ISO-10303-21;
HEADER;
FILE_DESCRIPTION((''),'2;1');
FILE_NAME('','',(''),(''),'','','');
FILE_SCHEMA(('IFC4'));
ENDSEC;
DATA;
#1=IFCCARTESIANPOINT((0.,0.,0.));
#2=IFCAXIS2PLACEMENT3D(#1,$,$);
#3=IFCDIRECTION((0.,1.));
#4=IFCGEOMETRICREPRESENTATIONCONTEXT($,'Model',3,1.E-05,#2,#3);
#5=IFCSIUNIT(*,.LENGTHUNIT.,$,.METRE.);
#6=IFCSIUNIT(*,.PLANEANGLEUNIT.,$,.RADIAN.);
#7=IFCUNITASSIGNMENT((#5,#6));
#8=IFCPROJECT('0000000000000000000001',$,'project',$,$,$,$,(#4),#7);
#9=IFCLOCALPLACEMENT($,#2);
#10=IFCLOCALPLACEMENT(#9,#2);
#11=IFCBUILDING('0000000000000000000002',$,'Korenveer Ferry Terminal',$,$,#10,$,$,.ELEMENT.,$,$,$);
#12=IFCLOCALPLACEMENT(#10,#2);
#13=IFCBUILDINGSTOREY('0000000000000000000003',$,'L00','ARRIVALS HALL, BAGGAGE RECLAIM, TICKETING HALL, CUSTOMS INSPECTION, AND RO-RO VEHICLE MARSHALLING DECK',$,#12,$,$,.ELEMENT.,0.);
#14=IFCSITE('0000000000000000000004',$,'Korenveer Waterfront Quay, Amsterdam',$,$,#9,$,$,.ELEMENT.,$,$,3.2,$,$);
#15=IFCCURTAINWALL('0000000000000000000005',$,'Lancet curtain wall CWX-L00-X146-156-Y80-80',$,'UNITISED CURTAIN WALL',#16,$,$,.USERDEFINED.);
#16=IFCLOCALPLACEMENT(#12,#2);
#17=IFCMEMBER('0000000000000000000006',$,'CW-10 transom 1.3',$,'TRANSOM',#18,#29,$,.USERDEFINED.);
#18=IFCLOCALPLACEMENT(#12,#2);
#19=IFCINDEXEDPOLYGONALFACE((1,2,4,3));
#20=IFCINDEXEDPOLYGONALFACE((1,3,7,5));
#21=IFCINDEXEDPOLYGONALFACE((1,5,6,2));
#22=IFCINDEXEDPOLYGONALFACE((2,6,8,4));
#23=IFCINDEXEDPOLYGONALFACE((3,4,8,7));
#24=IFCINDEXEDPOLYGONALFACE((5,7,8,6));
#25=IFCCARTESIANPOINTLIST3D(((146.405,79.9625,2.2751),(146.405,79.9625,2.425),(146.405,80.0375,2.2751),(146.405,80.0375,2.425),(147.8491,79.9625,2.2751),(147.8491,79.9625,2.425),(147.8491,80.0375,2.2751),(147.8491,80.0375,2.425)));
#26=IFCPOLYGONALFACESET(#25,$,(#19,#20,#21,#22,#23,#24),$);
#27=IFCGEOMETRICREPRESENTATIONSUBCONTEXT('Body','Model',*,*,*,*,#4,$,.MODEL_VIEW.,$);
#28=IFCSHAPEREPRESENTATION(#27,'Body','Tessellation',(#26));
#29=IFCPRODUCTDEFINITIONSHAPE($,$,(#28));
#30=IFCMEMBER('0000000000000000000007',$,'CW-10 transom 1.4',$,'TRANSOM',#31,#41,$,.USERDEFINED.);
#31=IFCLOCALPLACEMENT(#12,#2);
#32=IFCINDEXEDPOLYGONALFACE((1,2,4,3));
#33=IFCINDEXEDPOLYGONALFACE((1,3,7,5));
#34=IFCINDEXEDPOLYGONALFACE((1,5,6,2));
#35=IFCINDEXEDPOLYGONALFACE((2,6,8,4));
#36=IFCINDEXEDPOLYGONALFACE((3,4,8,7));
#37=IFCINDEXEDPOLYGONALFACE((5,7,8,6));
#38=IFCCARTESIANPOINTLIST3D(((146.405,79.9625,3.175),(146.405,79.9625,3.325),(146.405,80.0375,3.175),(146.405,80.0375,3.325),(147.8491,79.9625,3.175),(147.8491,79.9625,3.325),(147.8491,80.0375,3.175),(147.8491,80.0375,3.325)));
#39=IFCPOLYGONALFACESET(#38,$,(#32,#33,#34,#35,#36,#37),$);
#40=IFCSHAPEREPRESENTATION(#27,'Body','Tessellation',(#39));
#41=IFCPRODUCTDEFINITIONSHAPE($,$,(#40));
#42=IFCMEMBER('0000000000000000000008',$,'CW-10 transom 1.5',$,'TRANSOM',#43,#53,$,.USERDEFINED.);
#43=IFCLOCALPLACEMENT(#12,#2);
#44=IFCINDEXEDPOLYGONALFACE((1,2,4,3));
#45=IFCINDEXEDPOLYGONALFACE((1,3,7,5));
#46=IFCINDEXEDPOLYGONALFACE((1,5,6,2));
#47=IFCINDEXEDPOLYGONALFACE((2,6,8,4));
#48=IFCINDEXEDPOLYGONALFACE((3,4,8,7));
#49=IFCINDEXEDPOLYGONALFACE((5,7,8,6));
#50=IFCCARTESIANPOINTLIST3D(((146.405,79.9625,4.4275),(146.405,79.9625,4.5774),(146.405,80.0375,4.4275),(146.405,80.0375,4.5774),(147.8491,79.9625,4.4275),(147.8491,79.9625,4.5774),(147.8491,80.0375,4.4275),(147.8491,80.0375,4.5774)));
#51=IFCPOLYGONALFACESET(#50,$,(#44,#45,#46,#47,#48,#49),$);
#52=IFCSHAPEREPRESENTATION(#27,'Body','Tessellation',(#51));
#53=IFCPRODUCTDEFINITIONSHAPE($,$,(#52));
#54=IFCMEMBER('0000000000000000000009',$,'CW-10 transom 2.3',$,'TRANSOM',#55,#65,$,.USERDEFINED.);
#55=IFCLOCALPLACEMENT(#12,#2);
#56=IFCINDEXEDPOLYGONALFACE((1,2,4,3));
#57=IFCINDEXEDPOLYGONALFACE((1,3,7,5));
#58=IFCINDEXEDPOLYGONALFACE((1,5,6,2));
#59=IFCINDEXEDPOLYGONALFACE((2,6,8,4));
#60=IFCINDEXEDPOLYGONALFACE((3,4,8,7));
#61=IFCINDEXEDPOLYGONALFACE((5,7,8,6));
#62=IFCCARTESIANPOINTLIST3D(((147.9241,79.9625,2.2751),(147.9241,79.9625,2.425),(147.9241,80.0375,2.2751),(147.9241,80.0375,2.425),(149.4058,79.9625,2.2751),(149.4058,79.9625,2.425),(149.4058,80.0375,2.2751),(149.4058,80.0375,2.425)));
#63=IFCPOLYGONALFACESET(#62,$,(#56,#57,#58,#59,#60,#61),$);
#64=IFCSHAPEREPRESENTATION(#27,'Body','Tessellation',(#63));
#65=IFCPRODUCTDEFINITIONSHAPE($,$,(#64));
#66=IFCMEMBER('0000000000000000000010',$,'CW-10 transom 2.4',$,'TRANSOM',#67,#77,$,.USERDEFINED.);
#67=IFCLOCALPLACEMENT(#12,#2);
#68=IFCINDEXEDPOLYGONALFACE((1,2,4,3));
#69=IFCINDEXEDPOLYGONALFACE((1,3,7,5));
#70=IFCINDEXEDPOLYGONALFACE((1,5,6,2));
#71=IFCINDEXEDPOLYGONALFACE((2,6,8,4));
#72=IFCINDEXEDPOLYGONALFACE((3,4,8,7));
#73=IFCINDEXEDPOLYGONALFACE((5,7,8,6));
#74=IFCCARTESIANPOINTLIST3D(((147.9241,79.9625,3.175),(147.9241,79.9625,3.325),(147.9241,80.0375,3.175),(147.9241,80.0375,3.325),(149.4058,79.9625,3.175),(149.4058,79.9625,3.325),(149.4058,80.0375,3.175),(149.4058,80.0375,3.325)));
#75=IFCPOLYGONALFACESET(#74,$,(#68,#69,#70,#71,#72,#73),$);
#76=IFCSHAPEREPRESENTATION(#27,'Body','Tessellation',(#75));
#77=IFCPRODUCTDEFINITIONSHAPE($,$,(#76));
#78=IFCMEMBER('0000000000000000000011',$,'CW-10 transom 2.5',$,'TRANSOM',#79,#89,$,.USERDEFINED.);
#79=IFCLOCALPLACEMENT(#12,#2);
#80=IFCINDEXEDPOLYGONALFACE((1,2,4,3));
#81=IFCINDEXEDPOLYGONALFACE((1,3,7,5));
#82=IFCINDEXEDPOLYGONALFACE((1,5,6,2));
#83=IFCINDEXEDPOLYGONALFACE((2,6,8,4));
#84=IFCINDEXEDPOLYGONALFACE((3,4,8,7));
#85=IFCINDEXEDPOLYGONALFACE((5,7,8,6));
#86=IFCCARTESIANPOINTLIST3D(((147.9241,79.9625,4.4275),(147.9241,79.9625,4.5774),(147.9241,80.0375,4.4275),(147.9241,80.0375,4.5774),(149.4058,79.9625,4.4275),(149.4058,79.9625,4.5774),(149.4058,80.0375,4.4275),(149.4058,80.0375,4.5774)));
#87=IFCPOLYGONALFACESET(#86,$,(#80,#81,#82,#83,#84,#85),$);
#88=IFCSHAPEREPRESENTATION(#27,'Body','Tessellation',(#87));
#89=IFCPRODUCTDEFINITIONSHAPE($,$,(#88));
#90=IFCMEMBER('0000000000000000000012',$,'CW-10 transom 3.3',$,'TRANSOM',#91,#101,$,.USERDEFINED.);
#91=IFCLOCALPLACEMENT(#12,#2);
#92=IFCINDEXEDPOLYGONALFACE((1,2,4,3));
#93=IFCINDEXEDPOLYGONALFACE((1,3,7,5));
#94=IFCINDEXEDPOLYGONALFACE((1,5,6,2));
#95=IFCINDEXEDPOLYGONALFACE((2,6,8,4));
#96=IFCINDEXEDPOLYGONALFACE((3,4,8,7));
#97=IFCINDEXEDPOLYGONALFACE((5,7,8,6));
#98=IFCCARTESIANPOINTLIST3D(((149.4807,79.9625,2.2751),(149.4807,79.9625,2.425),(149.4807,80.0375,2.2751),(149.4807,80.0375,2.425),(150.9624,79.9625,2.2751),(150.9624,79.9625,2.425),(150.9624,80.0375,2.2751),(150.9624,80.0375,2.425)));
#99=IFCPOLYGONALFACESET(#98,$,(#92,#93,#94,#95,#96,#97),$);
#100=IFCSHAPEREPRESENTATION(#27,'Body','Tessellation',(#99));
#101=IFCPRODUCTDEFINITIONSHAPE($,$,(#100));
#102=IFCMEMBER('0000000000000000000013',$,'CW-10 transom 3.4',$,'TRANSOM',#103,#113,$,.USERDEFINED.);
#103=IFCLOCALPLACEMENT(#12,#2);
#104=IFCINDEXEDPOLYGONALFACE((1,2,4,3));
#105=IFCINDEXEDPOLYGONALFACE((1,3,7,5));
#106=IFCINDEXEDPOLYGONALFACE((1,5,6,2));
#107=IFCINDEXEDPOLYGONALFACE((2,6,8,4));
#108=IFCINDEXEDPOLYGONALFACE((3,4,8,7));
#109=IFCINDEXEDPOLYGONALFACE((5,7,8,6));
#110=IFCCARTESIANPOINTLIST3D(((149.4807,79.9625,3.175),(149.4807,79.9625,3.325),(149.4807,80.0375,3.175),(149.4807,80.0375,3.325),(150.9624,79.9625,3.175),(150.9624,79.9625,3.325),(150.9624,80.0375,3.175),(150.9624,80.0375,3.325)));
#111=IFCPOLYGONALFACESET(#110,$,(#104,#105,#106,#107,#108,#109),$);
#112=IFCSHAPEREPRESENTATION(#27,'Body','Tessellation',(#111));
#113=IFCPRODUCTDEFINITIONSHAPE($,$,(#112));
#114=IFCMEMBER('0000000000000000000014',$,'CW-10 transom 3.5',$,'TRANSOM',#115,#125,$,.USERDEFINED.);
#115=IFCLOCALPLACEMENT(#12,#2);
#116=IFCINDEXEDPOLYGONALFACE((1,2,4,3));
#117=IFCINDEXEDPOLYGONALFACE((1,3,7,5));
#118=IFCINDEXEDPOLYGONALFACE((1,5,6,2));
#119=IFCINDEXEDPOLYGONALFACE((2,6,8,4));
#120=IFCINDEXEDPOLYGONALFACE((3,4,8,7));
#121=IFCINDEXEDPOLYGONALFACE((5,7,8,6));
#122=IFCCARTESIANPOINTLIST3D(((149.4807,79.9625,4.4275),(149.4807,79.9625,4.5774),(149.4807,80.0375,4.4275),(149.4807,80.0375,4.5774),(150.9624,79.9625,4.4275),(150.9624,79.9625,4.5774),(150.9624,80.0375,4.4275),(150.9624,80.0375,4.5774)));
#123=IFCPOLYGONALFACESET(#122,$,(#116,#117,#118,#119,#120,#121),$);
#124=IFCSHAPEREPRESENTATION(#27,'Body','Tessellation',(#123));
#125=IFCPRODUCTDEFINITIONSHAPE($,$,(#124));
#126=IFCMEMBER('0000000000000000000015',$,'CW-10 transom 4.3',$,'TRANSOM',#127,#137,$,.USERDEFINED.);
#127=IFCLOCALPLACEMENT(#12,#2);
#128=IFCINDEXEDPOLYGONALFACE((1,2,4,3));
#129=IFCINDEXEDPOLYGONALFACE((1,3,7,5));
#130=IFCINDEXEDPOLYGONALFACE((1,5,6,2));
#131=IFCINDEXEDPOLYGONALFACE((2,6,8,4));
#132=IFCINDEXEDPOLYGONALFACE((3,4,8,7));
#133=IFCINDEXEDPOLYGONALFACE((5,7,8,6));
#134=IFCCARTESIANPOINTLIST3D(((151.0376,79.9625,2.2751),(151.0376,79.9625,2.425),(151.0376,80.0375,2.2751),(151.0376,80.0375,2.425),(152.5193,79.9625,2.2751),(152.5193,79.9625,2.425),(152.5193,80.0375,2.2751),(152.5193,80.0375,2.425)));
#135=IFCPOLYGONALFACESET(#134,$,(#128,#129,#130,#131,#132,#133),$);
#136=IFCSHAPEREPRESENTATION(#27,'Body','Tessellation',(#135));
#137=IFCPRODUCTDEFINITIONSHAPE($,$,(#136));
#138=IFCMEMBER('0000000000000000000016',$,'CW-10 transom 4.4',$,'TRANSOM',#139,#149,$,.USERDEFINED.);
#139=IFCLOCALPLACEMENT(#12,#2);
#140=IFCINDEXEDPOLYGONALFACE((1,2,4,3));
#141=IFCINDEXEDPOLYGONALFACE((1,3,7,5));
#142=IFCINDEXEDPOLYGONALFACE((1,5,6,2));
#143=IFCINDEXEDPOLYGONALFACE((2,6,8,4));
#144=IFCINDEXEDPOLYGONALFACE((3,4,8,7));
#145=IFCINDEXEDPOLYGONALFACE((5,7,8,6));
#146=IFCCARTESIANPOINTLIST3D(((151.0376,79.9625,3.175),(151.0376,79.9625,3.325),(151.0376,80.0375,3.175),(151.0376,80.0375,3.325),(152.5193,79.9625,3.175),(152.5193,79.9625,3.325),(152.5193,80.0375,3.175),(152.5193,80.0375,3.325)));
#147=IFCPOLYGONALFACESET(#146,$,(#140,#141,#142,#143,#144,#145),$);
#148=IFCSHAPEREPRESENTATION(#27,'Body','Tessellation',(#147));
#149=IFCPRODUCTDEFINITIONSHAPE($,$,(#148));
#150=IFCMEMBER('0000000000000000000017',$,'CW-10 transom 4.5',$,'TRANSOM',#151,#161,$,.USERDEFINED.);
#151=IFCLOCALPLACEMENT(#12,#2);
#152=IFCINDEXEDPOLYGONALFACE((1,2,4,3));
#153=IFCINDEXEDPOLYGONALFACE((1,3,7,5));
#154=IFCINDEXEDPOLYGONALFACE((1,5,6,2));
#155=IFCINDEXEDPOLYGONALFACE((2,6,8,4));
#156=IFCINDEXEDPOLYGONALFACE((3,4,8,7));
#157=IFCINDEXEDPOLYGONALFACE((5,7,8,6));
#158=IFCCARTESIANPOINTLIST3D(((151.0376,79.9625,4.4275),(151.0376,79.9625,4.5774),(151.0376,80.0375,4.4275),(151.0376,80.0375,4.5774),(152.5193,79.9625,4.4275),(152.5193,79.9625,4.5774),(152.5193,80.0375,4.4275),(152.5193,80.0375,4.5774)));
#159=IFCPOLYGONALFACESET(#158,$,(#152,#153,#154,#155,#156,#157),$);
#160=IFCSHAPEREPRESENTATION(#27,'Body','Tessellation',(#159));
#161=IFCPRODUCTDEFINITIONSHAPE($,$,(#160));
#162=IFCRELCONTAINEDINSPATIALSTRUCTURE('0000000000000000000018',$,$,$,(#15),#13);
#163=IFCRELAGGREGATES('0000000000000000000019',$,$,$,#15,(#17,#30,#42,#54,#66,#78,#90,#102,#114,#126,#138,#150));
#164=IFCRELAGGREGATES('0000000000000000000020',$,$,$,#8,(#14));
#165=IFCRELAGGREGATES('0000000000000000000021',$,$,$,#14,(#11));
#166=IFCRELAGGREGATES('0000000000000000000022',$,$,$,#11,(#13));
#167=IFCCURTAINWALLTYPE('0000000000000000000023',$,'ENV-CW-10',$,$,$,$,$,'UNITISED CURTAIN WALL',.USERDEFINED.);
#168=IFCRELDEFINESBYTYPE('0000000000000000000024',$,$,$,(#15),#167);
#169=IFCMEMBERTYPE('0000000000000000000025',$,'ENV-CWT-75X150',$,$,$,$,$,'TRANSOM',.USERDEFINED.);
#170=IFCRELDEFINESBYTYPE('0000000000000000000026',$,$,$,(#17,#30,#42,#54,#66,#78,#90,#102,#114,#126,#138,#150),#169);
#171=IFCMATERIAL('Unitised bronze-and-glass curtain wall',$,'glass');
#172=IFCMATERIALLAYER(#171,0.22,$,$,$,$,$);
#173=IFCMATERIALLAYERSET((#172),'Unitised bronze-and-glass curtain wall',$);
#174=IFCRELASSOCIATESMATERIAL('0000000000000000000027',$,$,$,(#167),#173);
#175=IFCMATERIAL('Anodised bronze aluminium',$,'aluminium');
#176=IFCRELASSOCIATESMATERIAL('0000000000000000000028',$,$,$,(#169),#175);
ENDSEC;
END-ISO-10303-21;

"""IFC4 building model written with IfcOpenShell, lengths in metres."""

from ifc_helpers import new_model, si_unit, direction, frame, origin, origin_2d, place, context, subcontext, project, spatial, rectangle, extrude, material, layer, layer_set, material_profile, profile_set, type_object, element, aggregate, save


model = new_model("IFC4")

# Units and contexts
model_context = context("Model", 3, precision=1e-05, world=origin(), true_north=direction((0.0, 1.0)))
body_context = subcontext(model_context, "Body", "Model", "MODEL_VIEW")
ifc_project = project(units=[si_unit("LENGTHUNIT", "METRE"), si_unit("PLANEANGLEUNIT", "RADIAN")], contexts=[model_context])

# Site, building, storey
site_placement = place(None, origin())
site = spatial("IfcSite", under=ifc_project, at=site_placement, Name="Korenveer Waterfront Quay, Amsterdam", CompositionType="ELEMENT", RefElevation=3.2)
building_placement = place(site_placement, origin())
building = spatial("IfcBuilding", under=site, at=building_placement, Name="Korenveer Ferry Terminal", CompositionType="ELEMENT")
storey_placement = place(building_placement, origin())
storey = spatial("IfcBuildingStorey", under=building, at=storey_placement, Name="L00", Description="ARRIVALS HALL, BAGGAGE RECLAIM, TICKETING HALL, CUSTOMS INSPECTION, AND RO-RO VEHICLE MARSHALLING DECK", CompositionType="ELEMENT", Elevation=0.0)

# Curtain wall, members
ifc_material_1 = material(Name="Unitised bronze-and-glass curtain wall", Category="glass")
ifc_layer_1 = layer(ifc_material_1, 0.22)
ifc_layer_set_1 = layer_set([ifc_layer_1], Name="Unitised bronze-and-glass curtain wall")
curtain_wall_type = type_object("IfcCurtainWallType", Name="ENV-CW-10", ElementType="UNITISED CURTAIN WALL", PredefinedType="USERDEFINED", material=ifc_layer_set_1)
curtain_wall_placement = place(storey_placement, frame((146.3301, 80.0, 0.0)))
curtain_wall = element("IfcCurtainWall", 1, at=curtain_wall_placement, inside=storey, type_object=curtain_wall_type, Name="Lancet curtain wall CWX-L00-X146-156-Y80-80", ObjectType="UNITISED CURTAIN WALL", PredefinedType="USERDEFINED")
ifc_material_2 = material(Name="Anodised bronze aluminium", Category="aluminium")
ifc_material_profile_1 = material_profile(ifc_material_2, rectangle(XDim=0.075, YDim=0.1499, at=origin_2d()), Name="ALU 75x150")
ifc_profile_set_1 = profile_set([ifc_material_profile_1], Name="Anodised bronze aluminium")
member_type = type_object("IfcMemberType", Name="ENV-CWT-75X150", ElementType="TRANSOM", PredefinedType="USERDEFINED", material=ifc_profile_set_1)
member_1_placement = place(storey_placement, frame((146.405, 80.0, 2.3501), z_axis=(1.0, 0.0, 0.0), x_axis=(0.0, 1.0, 0.0)))
member_1 = element("IfcMember", 2, at=member_1_placement, type_object=member_type, Name="CW-10 transom 1.3", ObjectType="TRANSOM", PredefinedType="USERDEFINED", context=body_context, shape_type="SweptSolid", body=[
    extrude(rectangle(XDim=0.075, YDim=0.1499, at=origin_2d()), origin(), (0.0, 0.0, 1.0), 1.4441),
])
member_2_placement = place(storey_placement, frame((146.405, 80.0, 3.25), z_axis=(1.0, 0.0, 0.0), x_axis=(0.0, 1.0, 0.0)))
member_2 = element("IfcMember", 3, at=member_2_placement, type_object=member_type, Name="CW-10 transom 1.4", ObjectType="TRANSOM", PredefinedType="USERDEFINED", context=body_context, shape_type="SweptSolid", body=[
    extrude(rectangle(XDim=0.075, YDim=0.1499, at=origin_2d()), origin(), (0.0, 0.0, 1.0), 1.4441),
])
member_3_placement = place(storey_placement, frame((146.405, 80.0, 4.5024), z_axis=(1.0, 0.0, 0.0), x_axis=(0.0, 1.0, 0.0)))
member_3 = element("IfcMember", 4, at=member_3_placement, type_object=member_type, Name="CW-10 transom 1.5", ObjectType="TRANSOM", PredefinedType="USERDEFINED", context=body_context, shape_type="SweptSolid", body=[
    extrude(rectangle(XDim=0.075, YDim=0.1499, at=origin_2d()), origin(), (0.0, 0.0, 1.0), 1.4441),
])
member_4_placement = place(storey_placement, frame((147.9241, 80.0, 2.3501), z_axis=(1.0, 0.0, 0.0), x_axis=(0.0, 1.0, 0.0)))
member_4 = element("IfcMember", 5, at=member_4_placement, type_object=member_type, Name="CW-10 transom 2.3", ObjectType="TRANSOM", PredefinedType="USERDEFINED", context=body_context, shape_type="SweptSolid", body=[
    extrude(rectangle(XDim=0.075, YDim=0.1499, at=origin_2d()), origin(), (0.0, 0.0, 1.0), 1.4817),
])
member_5_placement = place(storey_placement, frame((147.9241, 80.0, 3.25), z_axis=(1.0, 0.0, 0.0), x_axis=(0.0, 1.0, 0.0)))
member_5 = element("IfcMember", 6, at=member_5_placement, type_object=member_type, Name="CW-10 transom 2.4", ObjectType="TRANSOM", PredefinedType="USERDEFINED", context=body_context, shape_type="SweptSolid", body=[
    extrude(rectangle(XDim=0.075, YDim=0.1499, at=origin_2d()), origin(), (0.0, 0.0, 1.0), 1.4817),
])
member_6_placement = place(storey_placement, frame((147.9241, 80.0, 4.5024), z_axis=(1.0, 0.0, 0.0), x_axis=(0.0, 1.0, 0.0)))
member_6 = element("IfcMember", 7, at=member_6_placement, type_object=member_type, Name="CW-10 transom 2.5", ObjectType="TRANSOM", PredefinedType="USERDEFINED", context=body_context, shape_type="SweptSolid", body=[
    extrude(rectangle(XDim=0.075, YDim=0.1499, at=origin_2d()), origin(), (0.0, 0.0, 1.0), 1.4817),
])
member_7_placement = place(storey_placement, frame((149.4807, 80.0, 2.3501), z_axis=(1.0, 0.0, 0.0), x_axis=(0.0, 1.0, 0.0)))
member_7 = element("IfcMember", 8, at=member_7_placement, type_object=member_type, Name="CW-10 transom 3.3", ObjectType="TRANSOM", PredefinedType="USERDEFINED", context=body_context, shape_type="SweptSolid", body=[
    extrude(rectangle(XDim=0.075, YDim=0.1499, at=origin_2d()), origin(), (0.0, 0.0, 1.0), 1.4817),
])
member_8_placement = place(storey_placement, frame((149.4807, 80.0, 3.25), z_axis=(1.0, 0.0, 0.0), x_axis=(0.0, 1.0, 0.0)))
member_8 = element("IfcMember", 9, at=member_8_placement, type_object=member_type, Name="CW-10 transom 3.4", ObjectType="TRANSOM", PredefinedType="USERDEFINED", context=body_context, shape_type="SweptSolid", body=[
    extrude(rectangle(XDim=0.075, YDim=0.1499, at=origin_2d()), origin(), (0.0, 0.0, 1.0), 1.4817),
])
member_9_placement = place(storey_placement, frame((149.4807, 80.0, 4.5024), z_axis=(1.0, 0.0, 0.0), x_axis=(0.0, 1.0, 0.0)))
member_9 = element("IfcMember", 10, at=member_9_placement, type_object=member_type, Name="CW-10 transom 3.5", ObjectType="TRANSOM", PredefinedType="USERDEFINED", context=body_context, shape_type="SweptSolid", body=[
    extrude(rectangle(XDim=0.075, YDim=0.1499, at=origin_2d()), origin(), (0.0, 0.0, 1.0), 1.4817),
])
member_10_placement = place(storey_placement, frame((151.0376, 80.0, 2.3501), z_axis=(1.0, 0.0, 0.0), x_axis=(0.0, 1.0, 0.0)))
member_10 = element("IfcMember", 11, at=member_10_placement, type_object=member_type, Name="CW-10 transom 4.3", ObjectType="TRANSOM", PredefinedType="USERDEFINED", context=body_context, shape_type="SweptSolid", body=[
    extrude(rectangle(XDim=0.075, YDim=0.1499, at=origin_2d()), origin(), (0.0, 0.0, 1.0), 1.4817),
])
member_11_placement = place(storey_placement, frame((151.0376, 80.0, 3.25), z_axis=(1.0, 0.0, 0.0), x_axis=(0.0, 1.0, 0.0)))
member_11 = element("IfcMember", 12, at=member_11_placement, type_object=member_type, Name="CW-10 transom 4.4", ObjectType="TRANSOM", PredefinedType="USERDEFINED", context=body_context, shape_type="SweptSolid", body=[
    extrude(rectangle(XDim=0.075, YDim=0.1499, at=origin_2d()), origin(), (0.0, 0.0, 1.0), 1.4817),
])
member_12_placement = place(storey_placement, frame((151.0376, 80.0, 4.5024), z_axis=(1.0, 0.0, 0.0), x_axis=(0.0, 1.0, 0.0)))
member_12 = element("IfcMember", 13, at=member_12_placement, type_object=member_type, Name="CW-10 transom 4.5", ObjectType="TRANSOM", PredefinedType="USERDEFINED", context=body_context, shape_type="SweptSolid", body=[
    extrude(rectangle(XDim=0.075, YDim=0.1499, at=origin_2d()), origin(), (0.0, 0.0, 1.0), 1.4817),
])

aggregate(curtain_wall, [member_1, member_2, member_3, member_4, member_5, member_6, member_7, member_8, member_9, member_10, member_11, member_12])

save(model, "model.ifc")
